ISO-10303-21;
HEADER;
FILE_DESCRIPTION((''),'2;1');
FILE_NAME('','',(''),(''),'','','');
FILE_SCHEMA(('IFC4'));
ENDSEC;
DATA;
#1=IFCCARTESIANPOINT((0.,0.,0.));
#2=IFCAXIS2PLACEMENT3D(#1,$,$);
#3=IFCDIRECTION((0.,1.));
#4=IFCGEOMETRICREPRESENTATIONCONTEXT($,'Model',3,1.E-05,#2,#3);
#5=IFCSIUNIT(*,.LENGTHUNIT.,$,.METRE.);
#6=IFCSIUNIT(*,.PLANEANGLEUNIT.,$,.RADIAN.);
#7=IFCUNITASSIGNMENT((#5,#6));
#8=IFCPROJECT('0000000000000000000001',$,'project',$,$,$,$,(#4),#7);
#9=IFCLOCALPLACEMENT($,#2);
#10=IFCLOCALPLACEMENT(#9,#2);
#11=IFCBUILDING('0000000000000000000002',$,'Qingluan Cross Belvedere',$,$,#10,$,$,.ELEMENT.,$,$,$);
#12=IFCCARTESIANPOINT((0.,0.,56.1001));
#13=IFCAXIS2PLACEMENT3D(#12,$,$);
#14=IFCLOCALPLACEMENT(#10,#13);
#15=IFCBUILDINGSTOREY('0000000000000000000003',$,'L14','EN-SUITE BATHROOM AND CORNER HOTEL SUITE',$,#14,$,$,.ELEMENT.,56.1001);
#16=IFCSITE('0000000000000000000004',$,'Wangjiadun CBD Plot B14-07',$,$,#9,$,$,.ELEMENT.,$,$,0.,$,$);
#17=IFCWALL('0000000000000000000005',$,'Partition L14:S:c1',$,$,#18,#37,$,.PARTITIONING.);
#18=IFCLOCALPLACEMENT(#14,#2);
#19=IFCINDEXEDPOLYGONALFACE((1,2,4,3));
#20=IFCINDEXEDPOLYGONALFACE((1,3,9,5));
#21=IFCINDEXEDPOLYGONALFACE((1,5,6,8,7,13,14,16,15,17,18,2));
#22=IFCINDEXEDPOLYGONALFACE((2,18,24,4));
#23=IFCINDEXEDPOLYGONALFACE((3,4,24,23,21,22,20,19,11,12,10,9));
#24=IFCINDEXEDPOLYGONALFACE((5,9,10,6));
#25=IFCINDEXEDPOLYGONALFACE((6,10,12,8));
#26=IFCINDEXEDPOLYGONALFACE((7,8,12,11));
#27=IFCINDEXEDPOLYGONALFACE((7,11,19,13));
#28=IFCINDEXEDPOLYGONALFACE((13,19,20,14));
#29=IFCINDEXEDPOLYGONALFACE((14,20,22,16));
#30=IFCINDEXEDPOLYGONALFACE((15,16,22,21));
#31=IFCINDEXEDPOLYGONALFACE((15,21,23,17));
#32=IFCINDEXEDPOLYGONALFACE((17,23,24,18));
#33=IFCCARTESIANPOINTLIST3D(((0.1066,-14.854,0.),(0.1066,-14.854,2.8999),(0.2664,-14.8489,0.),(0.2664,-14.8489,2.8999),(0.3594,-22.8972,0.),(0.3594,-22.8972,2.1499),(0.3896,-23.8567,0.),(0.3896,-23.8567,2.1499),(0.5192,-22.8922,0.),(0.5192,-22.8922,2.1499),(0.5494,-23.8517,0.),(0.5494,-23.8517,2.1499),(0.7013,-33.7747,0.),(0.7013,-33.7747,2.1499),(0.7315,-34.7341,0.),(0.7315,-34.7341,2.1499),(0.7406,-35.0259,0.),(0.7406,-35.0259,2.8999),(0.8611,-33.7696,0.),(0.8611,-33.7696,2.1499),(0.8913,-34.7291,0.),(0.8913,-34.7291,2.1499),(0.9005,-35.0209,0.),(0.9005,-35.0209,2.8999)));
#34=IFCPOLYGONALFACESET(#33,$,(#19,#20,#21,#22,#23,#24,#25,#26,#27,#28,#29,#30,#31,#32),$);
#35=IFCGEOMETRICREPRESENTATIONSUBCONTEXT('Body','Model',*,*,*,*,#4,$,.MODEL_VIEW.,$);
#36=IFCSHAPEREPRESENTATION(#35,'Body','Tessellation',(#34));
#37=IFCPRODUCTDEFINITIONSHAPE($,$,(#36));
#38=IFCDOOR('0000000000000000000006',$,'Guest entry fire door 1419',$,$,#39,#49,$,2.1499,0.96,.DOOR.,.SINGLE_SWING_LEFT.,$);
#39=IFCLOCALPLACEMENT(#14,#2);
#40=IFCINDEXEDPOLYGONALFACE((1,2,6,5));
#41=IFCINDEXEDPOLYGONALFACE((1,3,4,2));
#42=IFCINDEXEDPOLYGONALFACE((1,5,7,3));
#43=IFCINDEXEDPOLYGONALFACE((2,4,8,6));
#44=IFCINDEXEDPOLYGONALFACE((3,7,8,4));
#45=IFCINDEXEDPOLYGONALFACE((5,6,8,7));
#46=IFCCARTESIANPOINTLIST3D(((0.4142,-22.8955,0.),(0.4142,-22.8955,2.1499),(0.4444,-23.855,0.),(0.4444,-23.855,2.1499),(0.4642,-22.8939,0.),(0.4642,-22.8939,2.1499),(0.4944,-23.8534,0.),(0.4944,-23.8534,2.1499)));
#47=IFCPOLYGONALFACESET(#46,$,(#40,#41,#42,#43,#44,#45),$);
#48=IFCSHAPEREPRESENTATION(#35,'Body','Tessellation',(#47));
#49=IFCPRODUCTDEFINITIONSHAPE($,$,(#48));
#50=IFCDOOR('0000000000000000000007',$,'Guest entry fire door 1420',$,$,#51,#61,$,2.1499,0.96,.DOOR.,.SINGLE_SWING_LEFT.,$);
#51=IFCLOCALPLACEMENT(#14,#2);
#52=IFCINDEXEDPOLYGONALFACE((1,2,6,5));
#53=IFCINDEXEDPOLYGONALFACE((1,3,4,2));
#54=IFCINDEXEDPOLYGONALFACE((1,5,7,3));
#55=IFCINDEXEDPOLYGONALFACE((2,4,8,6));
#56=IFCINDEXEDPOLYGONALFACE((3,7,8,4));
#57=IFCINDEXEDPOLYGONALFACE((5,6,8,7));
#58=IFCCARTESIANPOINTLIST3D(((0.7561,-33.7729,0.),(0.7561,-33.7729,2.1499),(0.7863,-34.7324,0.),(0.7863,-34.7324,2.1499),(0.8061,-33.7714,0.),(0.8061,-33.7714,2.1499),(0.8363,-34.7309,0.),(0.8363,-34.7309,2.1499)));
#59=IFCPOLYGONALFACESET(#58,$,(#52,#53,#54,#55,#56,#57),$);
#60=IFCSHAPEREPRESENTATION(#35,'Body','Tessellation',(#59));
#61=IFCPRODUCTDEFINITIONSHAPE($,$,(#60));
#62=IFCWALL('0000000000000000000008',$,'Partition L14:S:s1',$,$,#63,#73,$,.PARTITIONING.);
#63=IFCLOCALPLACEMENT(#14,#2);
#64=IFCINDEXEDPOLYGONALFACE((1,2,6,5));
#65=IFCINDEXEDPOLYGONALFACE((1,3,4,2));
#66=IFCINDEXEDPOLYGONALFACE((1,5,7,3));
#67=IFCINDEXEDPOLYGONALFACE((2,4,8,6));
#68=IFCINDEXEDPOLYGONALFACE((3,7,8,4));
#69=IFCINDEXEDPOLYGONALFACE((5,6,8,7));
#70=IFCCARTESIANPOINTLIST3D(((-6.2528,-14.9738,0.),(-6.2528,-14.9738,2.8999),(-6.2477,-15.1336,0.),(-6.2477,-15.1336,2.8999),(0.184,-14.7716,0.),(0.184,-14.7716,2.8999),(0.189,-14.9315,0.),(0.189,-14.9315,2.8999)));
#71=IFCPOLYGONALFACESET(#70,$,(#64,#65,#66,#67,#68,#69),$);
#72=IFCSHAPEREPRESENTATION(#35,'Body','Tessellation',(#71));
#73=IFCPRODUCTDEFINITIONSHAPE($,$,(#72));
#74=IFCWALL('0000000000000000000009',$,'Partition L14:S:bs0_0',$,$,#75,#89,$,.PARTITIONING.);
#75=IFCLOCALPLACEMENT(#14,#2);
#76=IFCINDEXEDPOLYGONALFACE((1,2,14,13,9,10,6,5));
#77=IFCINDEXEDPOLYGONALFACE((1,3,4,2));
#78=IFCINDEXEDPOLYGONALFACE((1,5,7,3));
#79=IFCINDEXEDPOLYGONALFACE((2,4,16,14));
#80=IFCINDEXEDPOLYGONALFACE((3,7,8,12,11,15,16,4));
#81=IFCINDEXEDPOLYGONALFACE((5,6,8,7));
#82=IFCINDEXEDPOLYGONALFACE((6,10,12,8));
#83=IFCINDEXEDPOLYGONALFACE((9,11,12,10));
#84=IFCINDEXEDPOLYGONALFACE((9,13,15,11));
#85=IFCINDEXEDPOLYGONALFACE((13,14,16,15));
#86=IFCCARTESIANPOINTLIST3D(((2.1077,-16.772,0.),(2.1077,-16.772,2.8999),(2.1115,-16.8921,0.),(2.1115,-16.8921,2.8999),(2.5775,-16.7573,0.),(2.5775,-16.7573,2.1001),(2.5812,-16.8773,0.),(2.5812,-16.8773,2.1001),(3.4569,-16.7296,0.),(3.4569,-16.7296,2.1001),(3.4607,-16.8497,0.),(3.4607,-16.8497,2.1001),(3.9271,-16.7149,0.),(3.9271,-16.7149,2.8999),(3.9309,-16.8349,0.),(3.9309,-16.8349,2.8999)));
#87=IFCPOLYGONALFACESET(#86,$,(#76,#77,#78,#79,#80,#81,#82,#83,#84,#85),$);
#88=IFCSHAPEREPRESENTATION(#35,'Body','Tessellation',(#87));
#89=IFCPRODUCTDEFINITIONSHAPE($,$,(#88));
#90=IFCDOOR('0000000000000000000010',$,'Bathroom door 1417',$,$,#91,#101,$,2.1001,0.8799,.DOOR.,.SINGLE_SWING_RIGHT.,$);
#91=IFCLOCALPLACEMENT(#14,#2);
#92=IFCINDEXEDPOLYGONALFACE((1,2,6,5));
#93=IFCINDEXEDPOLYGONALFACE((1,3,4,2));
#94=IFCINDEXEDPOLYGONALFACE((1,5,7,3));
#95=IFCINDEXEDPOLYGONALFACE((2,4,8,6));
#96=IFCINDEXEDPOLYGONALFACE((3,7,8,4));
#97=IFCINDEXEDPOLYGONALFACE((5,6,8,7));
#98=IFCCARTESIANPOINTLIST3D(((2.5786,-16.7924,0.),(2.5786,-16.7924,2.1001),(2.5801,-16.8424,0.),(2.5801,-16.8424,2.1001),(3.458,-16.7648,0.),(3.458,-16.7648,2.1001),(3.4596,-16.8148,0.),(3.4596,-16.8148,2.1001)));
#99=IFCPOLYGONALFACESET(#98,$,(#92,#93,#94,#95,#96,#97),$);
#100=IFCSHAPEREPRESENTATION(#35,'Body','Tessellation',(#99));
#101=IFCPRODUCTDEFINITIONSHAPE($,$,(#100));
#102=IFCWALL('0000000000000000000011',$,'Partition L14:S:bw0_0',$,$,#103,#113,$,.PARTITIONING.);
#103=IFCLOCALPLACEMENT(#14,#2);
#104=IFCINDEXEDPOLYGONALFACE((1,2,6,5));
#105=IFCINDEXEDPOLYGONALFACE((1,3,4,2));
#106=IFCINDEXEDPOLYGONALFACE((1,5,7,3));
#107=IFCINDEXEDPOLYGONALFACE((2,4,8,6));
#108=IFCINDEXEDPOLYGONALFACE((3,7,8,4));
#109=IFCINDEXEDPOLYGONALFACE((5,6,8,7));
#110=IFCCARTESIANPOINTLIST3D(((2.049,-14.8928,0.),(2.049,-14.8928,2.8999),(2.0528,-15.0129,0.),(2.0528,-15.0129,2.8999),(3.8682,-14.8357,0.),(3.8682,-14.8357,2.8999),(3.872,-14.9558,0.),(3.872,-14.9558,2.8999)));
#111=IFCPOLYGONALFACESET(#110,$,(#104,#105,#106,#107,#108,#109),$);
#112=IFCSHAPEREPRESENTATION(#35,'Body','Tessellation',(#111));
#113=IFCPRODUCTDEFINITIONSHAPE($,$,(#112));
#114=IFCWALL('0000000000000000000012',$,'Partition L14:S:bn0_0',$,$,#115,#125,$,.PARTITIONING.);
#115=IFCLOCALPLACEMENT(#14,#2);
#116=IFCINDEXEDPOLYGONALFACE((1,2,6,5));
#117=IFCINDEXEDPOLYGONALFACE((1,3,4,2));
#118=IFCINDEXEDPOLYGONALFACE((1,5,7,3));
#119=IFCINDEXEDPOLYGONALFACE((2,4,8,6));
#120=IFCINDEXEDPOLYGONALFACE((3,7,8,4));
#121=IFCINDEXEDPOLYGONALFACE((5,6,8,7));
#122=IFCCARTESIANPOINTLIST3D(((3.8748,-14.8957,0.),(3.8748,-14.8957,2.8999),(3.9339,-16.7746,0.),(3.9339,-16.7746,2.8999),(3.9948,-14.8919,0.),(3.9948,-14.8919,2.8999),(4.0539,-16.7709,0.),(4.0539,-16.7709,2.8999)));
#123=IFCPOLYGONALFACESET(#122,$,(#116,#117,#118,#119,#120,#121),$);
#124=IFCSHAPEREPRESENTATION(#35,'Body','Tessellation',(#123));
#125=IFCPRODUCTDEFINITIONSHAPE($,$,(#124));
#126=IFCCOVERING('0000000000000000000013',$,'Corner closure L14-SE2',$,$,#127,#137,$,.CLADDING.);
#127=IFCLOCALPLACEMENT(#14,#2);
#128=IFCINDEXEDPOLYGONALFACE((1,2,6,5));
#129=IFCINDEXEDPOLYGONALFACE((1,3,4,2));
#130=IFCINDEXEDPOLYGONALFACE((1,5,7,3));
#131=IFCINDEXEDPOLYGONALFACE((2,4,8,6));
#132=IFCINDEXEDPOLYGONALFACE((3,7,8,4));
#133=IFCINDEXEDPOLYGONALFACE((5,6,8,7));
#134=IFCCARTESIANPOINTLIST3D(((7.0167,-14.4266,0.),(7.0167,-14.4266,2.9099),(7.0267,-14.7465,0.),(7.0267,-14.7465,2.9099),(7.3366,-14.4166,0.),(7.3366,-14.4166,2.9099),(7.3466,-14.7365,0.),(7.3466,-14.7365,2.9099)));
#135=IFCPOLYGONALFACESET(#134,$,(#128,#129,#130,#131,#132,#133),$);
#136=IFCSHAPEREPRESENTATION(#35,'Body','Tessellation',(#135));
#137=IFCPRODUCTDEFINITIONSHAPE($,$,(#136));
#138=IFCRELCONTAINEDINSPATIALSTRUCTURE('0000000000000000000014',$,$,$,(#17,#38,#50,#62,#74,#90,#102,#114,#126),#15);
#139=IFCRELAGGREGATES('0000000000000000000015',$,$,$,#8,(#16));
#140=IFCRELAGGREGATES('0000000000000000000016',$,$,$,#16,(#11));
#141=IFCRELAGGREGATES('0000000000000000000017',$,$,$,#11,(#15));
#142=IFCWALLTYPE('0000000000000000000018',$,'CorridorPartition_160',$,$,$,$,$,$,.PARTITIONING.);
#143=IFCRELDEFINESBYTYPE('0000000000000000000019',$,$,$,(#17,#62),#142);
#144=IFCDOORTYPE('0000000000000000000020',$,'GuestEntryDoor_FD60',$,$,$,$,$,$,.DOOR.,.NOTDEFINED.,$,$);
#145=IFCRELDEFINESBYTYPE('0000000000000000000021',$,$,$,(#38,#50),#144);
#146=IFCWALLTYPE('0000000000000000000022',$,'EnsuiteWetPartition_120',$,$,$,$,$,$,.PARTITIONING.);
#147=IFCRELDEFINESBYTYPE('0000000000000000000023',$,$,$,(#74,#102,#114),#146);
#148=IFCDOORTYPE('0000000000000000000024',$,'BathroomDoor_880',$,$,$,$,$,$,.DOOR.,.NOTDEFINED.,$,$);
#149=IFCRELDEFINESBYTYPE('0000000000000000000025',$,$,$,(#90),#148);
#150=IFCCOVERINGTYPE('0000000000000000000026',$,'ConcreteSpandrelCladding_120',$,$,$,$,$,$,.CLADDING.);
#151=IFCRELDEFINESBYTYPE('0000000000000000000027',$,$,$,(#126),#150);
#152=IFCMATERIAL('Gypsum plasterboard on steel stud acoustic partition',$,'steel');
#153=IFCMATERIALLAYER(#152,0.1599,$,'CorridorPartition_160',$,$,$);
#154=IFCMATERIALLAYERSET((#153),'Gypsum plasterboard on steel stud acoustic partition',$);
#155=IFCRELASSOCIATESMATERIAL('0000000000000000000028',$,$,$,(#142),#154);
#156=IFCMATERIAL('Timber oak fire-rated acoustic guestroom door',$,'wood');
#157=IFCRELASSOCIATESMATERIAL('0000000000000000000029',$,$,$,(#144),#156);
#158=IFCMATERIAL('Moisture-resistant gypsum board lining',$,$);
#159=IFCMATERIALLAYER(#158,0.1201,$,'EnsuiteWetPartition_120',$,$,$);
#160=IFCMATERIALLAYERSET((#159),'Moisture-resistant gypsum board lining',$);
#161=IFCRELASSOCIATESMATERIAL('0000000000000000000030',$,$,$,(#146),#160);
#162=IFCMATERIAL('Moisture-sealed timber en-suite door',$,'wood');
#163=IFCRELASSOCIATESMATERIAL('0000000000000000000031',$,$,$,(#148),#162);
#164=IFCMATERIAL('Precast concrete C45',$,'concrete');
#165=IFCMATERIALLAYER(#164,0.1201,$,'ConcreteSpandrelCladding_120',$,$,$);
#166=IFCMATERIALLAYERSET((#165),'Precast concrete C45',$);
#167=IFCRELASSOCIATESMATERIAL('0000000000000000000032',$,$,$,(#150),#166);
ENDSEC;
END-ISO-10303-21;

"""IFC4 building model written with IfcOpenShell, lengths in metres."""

from ifc_helpers import new_model, si_unit, direction, frame, frame_2d, origin, origin_2d, place, context, subcontext, project, spatial, rectangle, extrude, material, layer, layer_set, type_object, element, fill, save


model = new_model("IFC4")

# Units and contexts
model_context = context("Model", 3, precision=1e-05, world=origin(), true_north=direction((0.0, 1.0)))
body_context = subcontext(model_context, "Body", "Model", "MODEL_VIEW")
ifc_project = project(units=[si_unit("LENGTHUNIT", "METRE"), si_unit("PLANEANGLEUNIT", "RADIAN")], contexts=[model_context])

# Site, building, storey
site_placement = place(None, origin())
site = spatial("IfcSite", under=ifc_project, at=site_placement, Name="Wangjiadun CBD Plot B14-07", CompositionType="ELEMENT", RefElevation=0.0)
building_placement = place(site_placement, origin())
building = spatial("IfcBuilding", under=site, at=building_placement, Name="Qingluan Cross Belvedere", CompositionType="ELEMENT")
storey_placement = place(building_placement, frame((0.0, 0.0, 56.1001)))
storey = spatial("IfcBuildingStorey", under=building, at=storey_placement, Name="L14", Description="EN-SUITE BATHROOM AND CORNER HOTEL SUITE", CompositionType="ELEMENT", Elevation=56.1001)

# Shared definitions
ifc_material_1 = material(Name="Gypsum plasterboard on steel stud acoustic partition", Category="steel")
ifc_layer_1 = layer(ifc_material_1, 0.1599, Name="CorridorPartition_160")
ifc_layer_set_1 = layer_set([ifc_layer_1], Name="Gypsum plasterboard on steel stud acoustic partition")
wall_type_1 = type_object("IfcWallType", Name="CorridorPartition_160", PredefinedType="PARTITIONING", material=ifc_layer_set_1)
ifc_material_2 = material(Name="Timber oak fire-rated acoustic guestroom door", Category="wood")
door_type_1 = type_object("IfcDoorType", Name="GuestEntryDoor_FD60", OperationType="NOTDEFINED", PredefinedType="DOOR", material=ifc_material_2)

# Wall, openings, doors
wall_1_placement = place(storey_placement, frame((0.1865, -14.8516, 0.0), z_axis=(0.0, 0.0, 1.0), x_axis=(0.031416, -0.999506, 0.0)))
wall_1 = element("IfcWall", 1, at=wall_1_placement, inside=storey, type_object=wall_type_1, Name="Partition L14:S:c1", PredefinedType="PARTITIONING", context=body_context, shape_type="SweptSolid", body=[
    extrude(rectangle(XDim=20.1819, YDim=0.1599, at=frame_2d((10.0908, 0.0))), origin(), (0.0, 0.0, 1.0), 2.8999),
])
opening_1_placement = place(wall_1_placement, frame((8.0471, 0.0, 0.0)))
opening_1 = element("IfcOpeningElement", 2, at=opening_1_placement, cuts=wall_1, PredefinedType="OPENING", context=body_context, shape_type="SweptSolid", body=[
    extrude(rectangle(XDim=0.96, YDim=2.1499, at=frame_2d((0.48, 1.075))), frame((0.0, 0.0898, 0.0), z_axis=(0.0, -1.0, 0.0), x_axis=(1.0, 0.0, 0.0)), (0.0, 0.0, 1.0), 0.1799),
])
opening_2_placement = place(wall_1_placement, frame((18.9299, 0.0, 0.0)))
opening_2 = element("IfcOpeningElement", 3, at=opening_2_placement, cuts=wall_1, PredefinedType="OPENING", context=body_context, shape_type="SweptSolid", body=[
    extrude(rectangle(XDim=0.96, YDim=2.1499, at=frame_2d((0.48, 1.075))), frame((0.0, 0.0898, 0.0), z_axis=(0.0, -1.0, 0.0), x_axis=(1.0, 0.0, 0.0)), (0.0, 0.0, 1.0), 0.1799),
])
door_1_placement = place(opening_1_placement, origin())
door_1 = element("IfcDoor", 4, at=door_1_placement, inside=storey, type_object=door_type_1, Name="Guest entry fire door 1419", OperationType="SINGLE_SWING_LEFT", OverallHeight=2.1499, OverallWidth=0.96, PredefinedType="DOOR", context=body_context, shape_type="SweptSolid", body=[
    extrude(rectangle(XDim=0.96, YDim=2.1499, at=frame_2d((0.48, 1.075))), frame((0.0, 0.0249, 0.0), z_axis=(0.0, -1.0, 0.0), x_axis=(1.0, 0.0, 0.0)), (0.0, 0.0, 1.0), 0.05),
])
fill(opening_1, door_1)
door_2_placement = place(opening_2_placement, origin())
door_2 = element("IfcDoor", 5, at=door_2_placement, inside=storey, type_object=door_type_1, Name="Guest entry fire door 1420", OperationType="SINGLE_SWING_LEFT", OverallHeight=2.1499, OverallWidth=0.96, PredefinedType="DOOR", context=body_context, shape_type="SweptSolid", body=[
    extrude(rectangle(XDim=0.96, YDim=2.1499, at=frame_2d((0.48, 1.075))), frame((0.0, 0.0249, 0.0), z_axis=(0.0, -1.0, 0.0), x_axis=(1.0, 0.0, 0.0)), (0.0, 0.0, 1.0), 0.05),
])
fill(opening_2, door_2)

# Wall
wall_2_placement = place(storey_placement, frame((0.1865, -14.8516, 0.0), z_axis=(0.0, 0.0, 1.0), x_axis=(-0.999507, -0.03139, 0.0)))
element("IfcWall", 6, at=wall_2_placement, inside=storey, type_object=wall_type_1, Name="Partition L14:S:s1", PredefinedType="PARTITIONING", context=body_context, shape_type="SweptSolid", body=[
    extrude(rectangle(XDim=6.4399, YDim=0.1599, at=frame_2d((3.22, 0.0))), origin(), (0.0, 0.0, 1.0), 2.8999),
])

# Wall, opening, door
ifc_material_3 = material(Name="Moisture-resistant gypsum board lining")
ifc_layer_2 = layer(ifc_material_3, 0.1201, Name="EnsuiteWetPartition_120")
ifc_layer_set_2 = layer_set([ifc_layer_2], Name="Moisture-resistant gypsum board lining")
wall_type_2 = type_object("IfcWallType", Name="EnsuiteWetPartition_120", PredefinedType="PARTITIONING", material=ifc_layer_set_2)
wall_3_placement = place(storey_placement, frame((2.1096, -16.832, 0.0), z_axis=(0.0, 0.0, 1.0), x_axis=(0.999507, 0.031385, 0.0)))
wall_3 = element("IfcWall", 7, at=wall_3_placement, inside=storey, type_object=wall_type_2, Name="Partition L14:S:bs0_0", PredefinedType="PARTITIONING", context=body_context, shape_type="SweptSolid", body=[
    extrude(rectangle(XDim=1.8203, YDim=0.1201, at=frame_2d((0.9102, 0.0))), origin(), (0.0, 0.0, 1.0), 2.8999),
])
opening_3_placement = place(wall_3_placement, frame((0.47, 0.0, 0.0)))
opening_3 = element("IfcOpeningElement", 8, at=opening_3_placement, cuts=wall_3, PredefinedType="OPENING", context=body_context, shape_type="SweptSolid", body=[
    extrude(rectangle(XDim=0.8799, YDim=2.1001, at=frame_2d((0.4399, 1.05))), frame((0.0, 0.0701, 0.0), z_axis=(0.0, -1.0, 0.0), x_axis=(1.0, 0.0, 0.0)), (0.0, 0.0, 1.0), 0.1401),
])
ifc_material_4 = material(Name="Moisture-sealed timber en-suite door", Category="wood")
door_type_2 = type_object("IfcDoorType", Name="BathroomDoor_880", OperationType="NOTDEFINED", PredefinedType="DOOR", material=ifc_material_4)
door_3_placement = place(opening_3_placement, origin())
door_3 = element("IfcDoor", 9, at=door_3_placement, inside=storey, type_object=door_type_2, Name="Bathroom door 1417", OperationType="SINGLE_SWING_RIGHT", OverallHeight=2.1001, OverallWidth=0.8799, PredefinedType="DOOR", context=body_context, shape_type="SweptSolid", body=[
    extrude(rectangle(XDim=0.8799, YDim=2.1001, at=frame_2d((0.4399, 1.05))), frame((0.0, 0.0249, 0.0), z_axis=(0.0, -1.0, 0.0), x_axis=(1.0, 0.0, 0.0)), (0.0, 0.0, 1.0), 0.05),
])
fill(opening_3, door_3)

# Walls
wall_4_placement = place(storey_placement, frame((2.0508, -14.9529, 0.0), z_axis=(0.0, 0.0, 1.0), x_axis=(0.999507, 0.03139, 0.0)))
element("IfcWall", 10, at=wall_4_placement, inside=storey, type_object=wall_type_2, Name="Partition L14:S:bw0_0", PredefinedType="PARTITIONING", context=body_context, shape_type="SweptSolid", body=[
    extrude(rectangle(XDim=1.8201, YDim=0.1201, at=frame_2d((0.9102, 0.0))), origin(), (0.0, 0.0, 1.0), 2.8999),
])
wall_5_placement = place(storey_placement, frame((3.9348, -14.8938, 0.0), z_axis=(0.0, 0.0, 1.0), x_axis=(0.031429, -0.999506, 0.0)))
element("IfcWall", 11, at=wall_5_placement, inside=storey, type_object=wall_type_2, Name="Partition L14:S:bn0_0", PredefinedType="PARTITIONING", context=body_context, shape_type="SweptSolid", body=[
    extrude(rectangle(XDim=1.8799, YDim=0.1201, at=frame_2d((0.9399, 0.0))), origin(), (0.0, 0.0, 1.0), 2.8999),
])

# Covering
ifc_material_5 = material(Name="Precast concrete C45", Category="concrete")
ifc_layer_3 = layer(ifc_material_5, 0.1201, Name="ConcreteSpandrelCladding_120")
ifc_layer_set_3 = layer_set([ifc_layer_3], Name="Precast concrete C45")
covering_type = type_object("IfcCoveringType", Name="ConcreteSpandrelCladding_120", PredefinedType="CLADDING", material=ifc_layer_set_3)
covering_placement = place(storey_placement, frame((7.1816, -14.5815, 0.0), z_axis=(0.0, 0.0, 1.0), x_axis=(0.999507, 0.031411, 0.0)))
element("IfcCovering", 12, at=covering_placement, inside=storey, type_object=covering_type, Name="Corner closure L14-SE2", PredefinedType="CLADDING", context=body_context, shape_type="SweptSolid", body=[
    extrude(rectangle(XDim=0.3201, YDim=0.3201, at=origin_2d()), origin(), (0.0, 0.0, 1.0), 2.9099),
])

save(model, "model.ifc")
